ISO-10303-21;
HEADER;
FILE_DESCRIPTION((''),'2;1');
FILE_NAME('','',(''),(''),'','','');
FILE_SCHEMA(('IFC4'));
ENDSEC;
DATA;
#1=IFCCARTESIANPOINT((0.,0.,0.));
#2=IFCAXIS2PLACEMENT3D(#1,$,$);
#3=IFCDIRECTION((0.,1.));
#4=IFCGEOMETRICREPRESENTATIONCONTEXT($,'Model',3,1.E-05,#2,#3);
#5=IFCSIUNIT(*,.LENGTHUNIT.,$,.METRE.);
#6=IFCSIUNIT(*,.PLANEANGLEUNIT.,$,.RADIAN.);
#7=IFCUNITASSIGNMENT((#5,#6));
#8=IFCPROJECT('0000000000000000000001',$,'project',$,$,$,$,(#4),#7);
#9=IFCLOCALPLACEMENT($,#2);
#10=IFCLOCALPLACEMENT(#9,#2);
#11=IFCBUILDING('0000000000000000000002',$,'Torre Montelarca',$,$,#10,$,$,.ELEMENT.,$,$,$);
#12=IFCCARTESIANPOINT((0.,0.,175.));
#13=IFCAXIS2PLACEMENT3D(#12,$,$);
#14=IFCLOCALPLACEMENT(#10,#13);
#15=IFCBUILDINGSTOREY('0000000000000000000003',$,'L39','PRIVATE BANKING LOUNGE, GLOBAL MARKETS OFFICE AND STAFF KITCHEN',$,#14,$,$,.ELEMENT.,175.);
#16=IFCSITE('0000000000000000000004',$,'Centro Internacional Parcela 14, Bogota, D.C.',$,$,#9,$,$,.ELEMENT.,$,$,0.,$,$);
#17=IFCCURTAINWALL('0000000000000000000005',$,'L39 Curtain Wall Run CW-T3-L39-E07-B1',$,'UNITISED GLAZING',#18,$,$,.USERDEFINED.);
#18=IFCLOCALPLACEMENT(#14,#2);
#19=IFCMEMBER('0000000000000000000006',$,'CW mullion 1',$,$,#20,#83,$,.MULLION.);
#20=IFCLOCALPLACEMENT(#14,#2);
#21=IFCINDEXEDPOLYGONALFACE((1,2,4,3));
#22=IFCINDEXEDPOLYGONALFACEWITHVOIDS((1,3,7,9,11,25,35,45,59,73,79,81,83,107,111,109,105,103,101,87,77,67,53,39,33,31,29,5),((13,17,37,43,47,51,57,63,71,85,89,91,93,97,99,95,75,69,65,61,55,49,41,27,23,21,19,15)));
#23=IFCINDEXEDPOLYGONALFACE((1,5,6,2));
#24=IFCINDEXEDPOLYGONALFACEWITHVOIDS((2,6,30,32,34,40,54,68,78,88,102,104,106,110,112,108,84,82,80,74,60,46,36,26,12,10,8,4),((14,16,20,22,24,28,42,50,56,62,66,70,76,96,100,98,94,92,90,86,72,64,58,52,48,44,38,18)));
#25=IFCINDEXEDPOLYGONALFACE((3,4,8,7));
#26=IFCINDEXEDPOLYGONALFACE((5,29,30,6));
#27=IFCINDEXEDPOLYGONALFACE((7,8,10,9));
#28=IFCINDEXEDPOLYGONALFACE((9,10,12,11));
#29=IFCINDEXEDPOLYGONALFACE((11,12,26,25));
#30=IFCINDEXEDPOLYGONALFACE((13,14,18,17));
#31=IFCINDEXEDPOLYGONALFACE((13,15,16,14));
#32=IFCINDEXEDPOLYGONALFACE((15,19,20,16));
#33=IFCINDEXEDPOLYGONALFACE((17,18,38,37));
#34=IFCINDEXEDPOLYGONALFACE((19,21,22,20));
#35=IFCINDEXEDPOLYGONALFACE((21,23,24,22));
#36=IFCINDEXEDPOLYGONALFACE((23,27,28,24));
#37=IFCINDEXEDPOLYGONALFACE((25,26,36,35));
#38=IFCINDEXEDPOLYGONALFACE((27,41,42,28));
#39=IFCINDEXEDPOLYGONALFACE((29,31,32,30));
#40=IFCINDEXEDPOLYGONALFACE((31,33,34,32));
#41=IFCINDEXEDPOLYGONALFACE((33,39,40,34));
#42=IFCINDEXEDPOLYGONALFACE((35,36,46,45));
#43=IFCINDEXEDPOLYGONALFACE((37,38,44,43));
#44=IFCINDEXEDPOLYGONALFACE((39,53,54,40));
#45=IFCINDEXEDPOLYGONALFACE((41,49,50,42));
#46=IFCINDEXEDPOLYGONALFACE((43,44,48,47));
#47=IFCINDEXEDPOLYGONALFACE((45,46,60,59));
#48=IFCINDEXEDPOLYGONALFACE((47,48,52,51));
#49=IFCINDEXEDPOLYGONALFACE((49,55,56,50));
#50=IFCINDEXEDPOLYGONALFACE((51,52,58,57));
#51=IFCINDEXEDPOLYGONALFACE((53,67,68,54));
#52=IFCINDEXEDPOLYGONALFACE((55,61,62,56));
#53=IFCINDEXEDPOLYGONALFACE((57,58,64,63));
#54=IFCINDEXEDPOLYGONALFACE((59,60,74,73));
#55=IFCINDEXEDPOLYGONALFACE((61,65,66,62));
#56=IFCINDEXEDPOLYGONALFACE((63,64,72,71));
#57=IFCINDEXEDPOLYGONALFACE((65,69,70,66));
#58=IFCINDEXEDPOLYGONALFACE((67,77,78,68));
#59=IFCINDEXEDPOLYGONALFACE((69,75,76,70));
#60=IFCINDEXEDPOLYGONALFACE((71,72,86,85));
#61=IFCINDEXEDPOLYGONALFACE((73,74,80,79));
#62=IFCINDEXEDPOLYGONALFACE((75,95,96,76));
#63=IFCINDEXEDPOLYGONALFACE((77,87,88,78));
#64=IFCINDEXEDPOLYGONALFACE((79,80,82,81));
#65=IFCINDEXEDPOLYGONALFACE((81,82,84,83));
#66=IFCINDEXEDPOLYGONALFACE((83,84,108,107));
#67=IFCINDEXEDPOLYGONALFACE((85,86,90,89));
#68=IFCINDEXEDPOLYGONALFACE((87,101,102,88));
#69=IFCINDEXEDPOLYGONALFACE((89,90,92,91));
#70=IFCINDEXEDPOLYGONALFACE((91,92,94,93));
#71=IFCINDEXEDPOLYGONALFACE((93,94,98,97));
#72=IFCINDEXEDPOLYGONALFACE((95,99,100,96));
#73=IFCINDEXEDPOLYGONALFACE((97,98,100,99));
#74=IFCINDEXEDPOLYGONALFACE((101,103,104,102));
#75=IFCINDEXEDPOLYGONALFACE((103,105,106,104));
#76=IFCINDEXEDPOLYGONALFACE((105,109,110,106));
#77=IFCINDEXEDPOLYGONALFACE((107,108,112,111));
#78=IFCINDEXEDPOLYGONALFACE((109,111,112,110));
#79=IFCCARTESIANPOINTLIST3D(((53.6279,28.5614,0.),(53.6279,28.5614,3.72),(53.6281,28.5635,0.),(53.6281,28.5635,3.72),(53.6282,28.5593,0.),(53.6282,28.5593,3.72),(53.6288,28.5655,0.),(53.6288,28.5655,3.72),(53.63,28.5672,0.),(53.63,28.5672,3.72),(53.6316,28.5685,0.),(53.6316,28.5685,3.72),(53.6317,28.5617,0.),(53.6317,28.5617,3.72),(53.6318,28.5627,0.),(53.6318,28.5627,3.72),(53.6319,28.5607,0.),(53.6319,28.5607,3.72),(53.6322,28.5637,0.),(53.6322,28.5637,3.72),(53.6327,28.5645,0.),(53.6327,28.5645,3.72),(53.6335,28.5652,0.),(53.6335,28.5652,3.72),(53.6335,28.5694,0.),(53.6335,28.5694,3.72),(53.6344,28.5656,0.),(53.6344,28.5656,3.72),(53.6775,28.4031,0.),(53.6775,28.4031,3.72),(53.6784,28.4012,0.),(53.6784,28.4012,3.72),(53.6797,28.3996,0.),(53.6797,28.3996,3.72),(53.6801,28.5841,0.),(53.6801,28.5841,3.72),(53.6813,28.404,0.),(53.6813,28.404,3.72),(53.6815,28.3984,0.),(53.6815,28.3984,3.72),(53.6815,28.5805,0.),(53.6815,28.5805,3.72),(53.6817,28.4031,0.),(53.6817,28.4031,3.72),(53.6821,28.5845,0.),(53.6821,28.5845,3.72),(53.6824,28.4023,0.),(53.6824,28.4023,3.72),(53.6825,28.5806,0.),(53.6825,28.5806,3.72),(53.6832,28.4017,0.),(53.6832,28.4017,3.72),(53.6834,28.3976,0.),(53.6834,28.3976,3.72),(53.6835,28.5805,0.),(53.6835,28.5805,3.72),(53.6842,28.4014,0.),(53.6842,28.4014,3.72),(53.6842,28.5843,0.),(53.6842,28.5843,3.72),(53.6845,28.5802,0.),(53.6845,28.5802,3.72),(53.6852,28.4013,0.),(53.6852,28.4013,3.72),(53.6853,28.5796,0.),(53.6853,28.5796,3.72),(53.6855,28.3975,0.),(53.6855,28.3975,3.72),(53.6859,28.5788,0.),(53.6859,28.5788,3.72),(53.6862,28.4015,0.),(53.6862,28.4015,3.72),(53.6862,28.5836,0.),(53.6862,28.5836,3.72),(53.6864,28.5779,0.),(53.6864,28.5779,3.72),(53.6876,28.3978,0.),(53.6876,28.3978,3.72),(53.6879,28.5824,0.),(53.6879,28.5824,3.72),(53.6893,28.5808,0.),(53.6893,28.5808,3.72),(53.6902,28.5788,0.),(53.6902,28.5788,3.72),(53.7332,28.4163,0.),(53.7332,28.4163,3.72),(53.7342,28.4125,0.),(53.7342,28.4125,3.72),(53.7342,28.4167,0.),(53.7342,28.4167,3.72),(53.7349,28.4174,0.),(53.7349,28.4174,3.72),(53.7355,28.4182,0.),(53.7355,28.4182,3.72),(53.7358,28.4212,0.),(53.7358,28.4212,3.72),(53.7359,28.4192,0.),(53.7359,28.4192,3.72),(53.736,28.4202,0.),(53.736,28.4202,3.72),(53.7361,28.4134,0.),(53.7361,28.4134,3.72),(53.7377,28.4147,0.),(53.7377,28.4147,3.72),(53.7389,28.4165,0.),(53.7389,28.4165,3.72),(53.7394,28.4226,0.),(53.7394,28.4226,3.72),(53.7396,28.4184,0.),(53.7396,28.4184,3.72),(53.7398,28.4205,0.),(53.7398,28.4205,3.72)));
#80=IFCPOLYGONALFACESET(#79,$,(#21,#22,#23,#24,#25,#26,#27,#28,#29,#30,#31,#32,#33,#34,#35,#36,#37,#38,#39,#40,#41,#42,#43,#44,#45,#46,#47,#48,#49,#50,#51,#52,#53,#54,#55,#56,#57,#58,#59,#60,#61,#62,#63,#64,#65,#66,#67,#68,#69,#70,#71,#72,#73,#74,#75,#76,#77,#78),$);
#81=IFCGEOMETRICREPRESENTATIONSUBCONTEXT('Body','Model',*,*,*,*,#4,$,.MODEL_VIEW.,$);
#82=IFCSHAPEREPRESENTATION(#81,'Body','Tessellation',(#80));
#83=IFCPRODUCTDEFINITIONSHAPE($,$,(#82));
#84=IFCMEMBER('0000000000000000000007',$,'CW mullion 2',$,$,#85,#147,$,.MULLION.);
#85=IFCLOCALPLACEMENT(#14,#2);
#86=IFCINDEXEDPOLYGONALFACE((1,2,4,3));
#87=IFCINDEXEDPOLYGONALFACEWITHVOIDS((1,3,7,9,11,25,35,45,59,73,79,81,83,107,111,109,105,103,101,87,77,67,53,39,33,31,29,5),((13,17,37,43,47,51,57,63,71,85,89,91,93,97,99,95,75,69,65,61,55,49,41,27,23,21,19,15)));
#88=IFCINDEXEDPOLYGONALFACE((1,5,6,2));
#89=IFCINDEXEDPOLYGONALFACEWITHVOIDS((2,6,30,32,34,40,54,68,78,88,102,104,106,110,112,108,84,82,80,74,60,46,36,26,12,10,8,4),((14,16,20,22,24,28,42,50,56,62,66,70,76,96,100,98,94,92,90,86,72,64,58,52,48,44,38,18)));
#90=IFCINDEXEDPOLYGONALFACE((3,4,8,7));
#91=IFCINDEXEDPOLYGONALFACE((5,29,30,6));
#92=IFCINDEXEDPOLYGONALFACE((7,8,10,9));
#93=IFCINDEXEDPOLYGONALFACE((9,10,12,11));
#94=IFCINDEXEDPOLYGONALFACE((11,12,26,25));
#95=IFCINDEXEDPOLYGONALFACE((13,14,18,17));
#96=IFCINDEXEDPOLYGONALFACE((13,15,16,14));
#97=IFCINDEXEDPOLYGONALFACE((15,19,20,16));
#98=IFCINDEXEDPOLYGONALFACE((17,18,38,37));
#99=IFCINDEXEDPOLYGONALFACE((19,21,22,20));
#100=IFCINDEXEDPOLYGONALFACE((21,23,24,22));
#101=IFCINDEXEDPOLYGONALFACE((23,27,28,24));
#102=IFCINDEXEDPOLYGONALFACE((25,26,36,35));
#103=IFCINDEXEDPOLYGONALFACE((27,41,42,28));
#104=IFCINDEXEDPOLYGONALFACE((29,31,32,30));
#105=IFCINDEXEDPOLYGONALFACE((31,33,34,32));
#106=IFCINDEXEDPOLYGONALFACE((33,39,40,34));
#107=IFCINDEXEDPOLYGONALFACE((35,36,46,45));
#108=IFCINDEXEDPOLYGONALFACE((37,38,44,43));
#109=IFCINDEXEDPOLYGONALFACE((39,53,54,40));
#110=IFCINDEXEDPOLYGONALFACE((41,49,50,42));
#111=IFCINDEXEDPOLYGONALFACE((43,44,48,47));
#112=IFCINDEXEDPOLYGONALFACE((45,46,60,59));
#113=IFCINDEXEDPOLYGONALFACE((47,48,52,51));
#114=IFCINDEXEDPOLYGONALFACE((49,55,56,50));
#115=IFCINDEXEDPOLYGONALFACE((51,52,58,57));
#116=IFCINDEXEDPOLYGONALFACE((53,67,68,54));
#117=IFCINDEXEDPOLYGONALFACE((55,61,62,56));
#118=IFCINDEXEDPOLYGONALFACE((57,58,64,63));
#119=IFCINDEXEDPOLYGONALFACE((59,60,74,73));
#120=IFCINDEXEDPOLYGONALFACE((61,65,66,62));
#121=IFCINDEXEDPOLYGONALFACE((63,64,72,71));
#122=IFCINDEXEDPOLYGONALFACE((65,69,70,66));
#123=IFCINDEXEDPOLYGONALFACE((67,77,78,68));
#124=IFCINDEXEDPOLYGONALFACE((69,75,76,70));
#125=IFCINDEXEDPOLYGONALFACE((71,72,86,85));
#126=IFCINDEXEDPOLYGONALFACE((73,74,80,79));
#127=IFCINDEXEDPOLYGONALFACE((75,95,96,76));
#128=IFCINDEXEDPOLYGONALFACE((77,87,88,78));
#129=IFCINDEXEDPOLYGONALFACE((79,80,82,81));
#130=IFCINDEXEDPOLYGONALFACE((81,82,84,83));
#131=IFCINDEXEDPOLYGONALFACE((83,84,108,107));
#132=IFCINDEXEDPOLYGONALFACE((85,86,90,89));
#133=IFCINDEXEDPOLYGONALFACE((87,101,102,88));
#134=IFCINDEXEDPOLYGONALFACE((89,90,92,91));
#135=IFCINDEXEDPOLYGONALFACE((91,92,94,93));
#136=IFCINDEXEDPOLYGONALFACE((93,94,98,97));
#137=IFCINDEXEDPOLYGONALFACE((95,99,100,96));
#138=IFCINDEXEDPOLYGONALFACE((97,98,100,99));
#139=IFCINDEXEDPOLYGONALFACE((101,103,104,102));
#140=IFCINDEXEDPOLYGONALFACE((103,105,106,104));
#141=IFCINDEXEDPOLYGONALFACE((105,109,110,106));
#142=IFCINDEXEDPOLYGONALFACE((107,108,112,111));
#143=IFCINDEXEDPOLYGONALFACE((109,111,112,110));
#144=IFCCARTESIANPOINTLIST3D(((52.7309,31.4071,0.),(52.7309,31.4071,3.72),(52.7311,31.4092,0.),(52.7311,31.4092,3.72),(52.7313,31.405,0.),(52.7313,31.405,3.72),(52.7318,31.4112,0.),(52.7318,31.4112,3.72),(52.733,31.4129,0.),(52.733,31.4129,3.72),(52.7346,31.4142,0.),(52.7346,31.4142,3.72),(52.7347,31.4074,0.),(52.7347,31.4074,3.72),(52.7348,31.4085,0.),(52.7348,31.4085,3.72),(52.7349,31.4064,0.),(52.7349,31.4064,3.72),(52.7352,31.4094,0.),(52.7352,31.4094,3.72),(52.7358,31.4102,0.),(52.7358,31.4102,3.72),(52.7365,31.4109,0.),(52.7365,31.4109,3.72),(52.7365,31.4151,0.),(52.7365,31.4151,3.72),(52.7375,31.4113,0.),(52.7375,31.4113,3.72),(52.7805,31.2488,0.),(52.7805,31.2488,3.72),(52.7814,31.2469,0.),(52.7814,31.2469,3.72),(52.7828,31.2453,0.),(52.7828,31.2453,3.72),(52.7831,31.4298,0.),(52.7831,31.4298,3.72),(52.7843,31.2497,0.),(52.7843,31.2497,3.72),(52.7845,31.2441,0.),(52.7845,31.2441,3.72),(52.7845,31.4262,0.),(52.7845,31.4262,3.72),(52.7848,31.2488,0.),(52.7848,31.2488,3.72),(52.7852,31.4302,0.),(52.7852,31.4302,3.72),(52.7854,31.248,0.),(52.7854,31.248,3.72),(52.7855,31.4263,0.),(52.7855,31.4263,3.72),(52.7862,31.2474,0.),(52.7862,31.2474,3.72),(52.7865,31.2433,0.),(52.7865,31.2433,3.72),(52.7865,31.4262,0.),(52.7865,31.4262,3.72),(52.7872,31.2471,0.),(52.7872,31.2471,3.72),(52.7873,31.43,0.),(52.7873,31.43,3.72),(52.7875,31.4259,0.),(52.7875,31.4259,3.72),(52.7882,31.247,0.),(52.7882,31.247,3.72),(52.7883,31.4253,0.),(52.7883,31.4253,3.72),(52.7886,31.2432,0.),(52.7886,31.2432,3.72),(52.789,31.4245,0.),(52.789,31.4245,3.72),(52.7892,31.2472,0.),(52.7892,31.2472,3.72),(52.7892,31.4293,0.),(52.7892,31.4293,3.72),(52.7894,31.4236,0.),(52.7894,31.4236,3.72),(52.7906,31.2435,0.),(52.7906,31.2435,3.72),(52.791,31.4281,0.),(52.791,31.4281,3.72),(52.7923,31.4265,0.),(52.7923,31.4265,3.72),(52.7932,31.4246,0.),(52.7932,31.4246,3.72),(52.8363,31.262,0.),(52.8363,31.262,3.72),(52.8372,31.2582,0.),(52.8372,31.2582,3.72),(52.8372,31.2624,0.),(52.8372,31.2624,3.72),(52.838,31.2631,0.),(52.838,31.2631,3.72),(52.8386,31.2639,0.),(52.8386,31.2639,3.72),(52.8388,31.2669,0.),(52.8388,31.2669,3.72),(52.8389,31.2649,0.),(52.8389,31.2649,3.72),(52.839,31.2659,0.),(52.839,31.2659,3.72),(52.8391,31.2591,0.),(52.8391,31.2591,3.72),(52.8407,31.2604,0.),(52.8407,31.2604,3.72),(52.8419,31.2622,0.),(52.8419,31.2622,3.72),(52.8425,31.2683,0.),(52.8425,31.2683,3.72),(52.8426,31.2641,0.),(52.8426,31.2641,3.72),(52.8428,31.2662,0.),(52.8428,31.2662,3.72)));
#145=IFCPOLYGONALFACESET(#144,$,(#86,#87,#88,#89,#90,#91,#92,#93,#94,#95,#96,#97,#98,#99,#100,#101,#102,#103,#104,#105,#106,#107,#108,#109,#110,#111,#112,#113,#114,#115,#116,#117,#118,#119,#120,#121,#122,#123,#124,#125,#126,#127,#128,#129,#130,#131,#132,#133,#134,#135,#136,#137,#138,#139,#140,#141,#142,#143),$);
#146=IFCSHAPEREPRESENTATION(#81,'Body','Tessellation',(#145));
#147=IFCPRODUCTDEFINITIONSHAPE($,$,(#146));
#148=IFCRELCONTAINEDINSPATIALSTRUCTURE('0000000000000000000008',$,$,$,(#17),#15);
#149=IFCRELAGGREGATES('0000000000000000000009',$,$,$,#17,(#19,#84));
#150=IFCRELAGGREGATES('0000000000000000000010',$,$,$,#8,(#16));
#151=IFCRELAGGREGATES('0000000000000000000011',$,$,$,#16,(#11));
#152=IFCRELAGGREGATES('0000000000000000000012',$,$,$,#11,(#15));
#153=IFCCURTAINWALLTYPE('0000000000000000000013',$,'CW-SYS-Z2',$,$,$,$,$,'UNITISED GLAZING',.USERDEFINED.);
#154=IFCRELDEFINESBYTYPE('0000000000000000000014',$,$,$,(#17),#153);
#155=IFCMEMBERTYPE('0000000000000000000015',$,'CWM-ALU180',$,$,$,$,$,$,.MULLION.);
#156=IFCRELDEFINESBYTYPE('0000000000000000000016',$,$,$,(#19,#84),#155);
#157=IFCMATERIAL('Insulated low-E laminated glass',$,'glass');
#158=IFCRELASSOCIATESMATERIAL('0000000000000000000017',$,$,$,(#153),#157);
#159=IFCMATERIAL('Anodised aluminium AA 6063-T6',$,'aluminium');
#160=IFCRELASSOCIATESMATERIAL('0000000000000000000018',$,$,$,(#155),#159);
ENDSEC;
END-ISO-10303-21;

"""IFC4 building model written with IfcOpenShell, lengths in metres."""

from ifc_helpers import new_model, si_unit, direction, frame, origin, origin_2d, place, context, subcontext, project, spatial, hollow_rectangle, extrude, source, transform, mapped, material, material_profile, profile_set, type_object, element, aggregate, save


model = new_model("IFC4")

# Units and contexts
model_context = context("Model", 3, precision=1e-05, world=origin(), true_north=direction((0.0, 1.0)))
body_context = subcontext(model_context, "Body", "Model", "MODEL_VIEW")
ifc_project = project(units=[si_unit("LENGTHUNIT", "METRE"), si_unit("PLANEANGLEUNIT", "RADIAN")], contexts=[model_context])

# Site, building, storey
site_placement = place(None, origin())
site = spatial("IfcSite", under=ifc_project, at=site_placement, Name="Centro Internacional Parcela 14, Bogota, D.C.", CompositionType="ELEMENT", RefElevation=0.0)
building_placement = place(site_placement, origin())
building = spatial("IfcBuilding", under=site, at=building_placement, Name="Torre Montelarca", CompositionType="ELEMENT")
storey_placement = place(building_placement, frame((0.0, 0.0, 175.0)))
storey = spatial("IfcBuildingStorey", under=building, at=storey_placement, Name="L39", Description="PRIVATE BANKING LOUNGE, GLOBAL MARKETS OFFICE AND STAFF KITCHEN", CompositionType="ELEMENT", Elevation=175.0)

# Curtain wall
ifc_material_1 = material(Name="Insulated low-E laminated glass", Category="glass")
curtain_wall_type = type_object("IfcCurtainWallType", Name="CW-SYS-Z2", ElementType="UNITISED GLAZING", PredefinedType="USERDEFINED", material=ifc_material_1)
curtain_wall_1_placement = place(storey_placement, origin())
curtain_wall_1 = element("IfcCurtainWall", 1, at=curtain_wall_1_placement, inside=storey, type_object=curtain_wall_type, Name="L39 Curtain Wall Run CW-T3-L39-E07-B1", ObjectType="UNITISED GLAZING", PredefinedType="USERDEFINED")
ifc_material_2 = material(Name="Anodised aluminium AA 6063-T6", Category="aluminium")

# Shared definitions
ifc_material_profile_1 = material_profile(ifc_material_2, hollow_rectangle(XDim=0.0649, YDim=0.1799, WallThickness=0.0039, InnerFilletRadius=0.0039, OuterFilletRadius=0.0081, at=origin_2d()), Name="ALU65X180X4", Category="aluminium")
ifc_profile_set_1 = profile_set([ifc_material_profile_1], Name="Anodised aluminium AA 6063-T6")
member_type_1 = type_object("IfcMemberType", Name="CWM-ALU180", PredefinedType="MULLION", material=ifc_profile_set_1)
shared_shape_1 = source(origin(), body_context, "Body", "SweptSolid", [
    extrude(hollow_rectangle(XDim=0.0649, YDim=0.1799, WallThickness=0.0039, InnerFilletRadius=0.0039, OuterFilletRadius=0.0081, at=origin_2d()), origin(), (0.0, 0.0, 1.0), 3.72),
])

# Members
member_1_placement = place(storey_placement, frame((53.6838, 28.491, 0.0), z_axis=(0.0, 0.0, 1.0), x_axis=(-0.953719, -0.300699, 0.0)))
member_1 = element("IfcMember", 2, at=member_1_placement, type_object=member_type_1, Name="CW mullion 1", PredefinedType="MULLION", context=body_context, shape_type="MappedRepresentation", body=[
    mapped(shared_shape_1, transform((0.0, 0.0, 0.0), scale=1.0)),
])
member_2_placement = place(storey_placement, frame((52.7869, 31.3367, 0.0), z_axis=(0.0, 0.0, 1.0), x_axis=(-0.953719, -0.300699, 0.0)))
member_2 = element("IfcMember", 3, at=member_2_placement, type_object=member_type_1, Name="CW mullion 2", PredefinedType="MULLION", context=body_context, shape_type="MappedRepresentation", body=[
    mapped(shared_shape_1, transform((0.0, 0.0, 0.0), scale=1.0)),
])

aggregate(curtain_wall_1, [member_1, member_2])

save(model, "model.ifc")
